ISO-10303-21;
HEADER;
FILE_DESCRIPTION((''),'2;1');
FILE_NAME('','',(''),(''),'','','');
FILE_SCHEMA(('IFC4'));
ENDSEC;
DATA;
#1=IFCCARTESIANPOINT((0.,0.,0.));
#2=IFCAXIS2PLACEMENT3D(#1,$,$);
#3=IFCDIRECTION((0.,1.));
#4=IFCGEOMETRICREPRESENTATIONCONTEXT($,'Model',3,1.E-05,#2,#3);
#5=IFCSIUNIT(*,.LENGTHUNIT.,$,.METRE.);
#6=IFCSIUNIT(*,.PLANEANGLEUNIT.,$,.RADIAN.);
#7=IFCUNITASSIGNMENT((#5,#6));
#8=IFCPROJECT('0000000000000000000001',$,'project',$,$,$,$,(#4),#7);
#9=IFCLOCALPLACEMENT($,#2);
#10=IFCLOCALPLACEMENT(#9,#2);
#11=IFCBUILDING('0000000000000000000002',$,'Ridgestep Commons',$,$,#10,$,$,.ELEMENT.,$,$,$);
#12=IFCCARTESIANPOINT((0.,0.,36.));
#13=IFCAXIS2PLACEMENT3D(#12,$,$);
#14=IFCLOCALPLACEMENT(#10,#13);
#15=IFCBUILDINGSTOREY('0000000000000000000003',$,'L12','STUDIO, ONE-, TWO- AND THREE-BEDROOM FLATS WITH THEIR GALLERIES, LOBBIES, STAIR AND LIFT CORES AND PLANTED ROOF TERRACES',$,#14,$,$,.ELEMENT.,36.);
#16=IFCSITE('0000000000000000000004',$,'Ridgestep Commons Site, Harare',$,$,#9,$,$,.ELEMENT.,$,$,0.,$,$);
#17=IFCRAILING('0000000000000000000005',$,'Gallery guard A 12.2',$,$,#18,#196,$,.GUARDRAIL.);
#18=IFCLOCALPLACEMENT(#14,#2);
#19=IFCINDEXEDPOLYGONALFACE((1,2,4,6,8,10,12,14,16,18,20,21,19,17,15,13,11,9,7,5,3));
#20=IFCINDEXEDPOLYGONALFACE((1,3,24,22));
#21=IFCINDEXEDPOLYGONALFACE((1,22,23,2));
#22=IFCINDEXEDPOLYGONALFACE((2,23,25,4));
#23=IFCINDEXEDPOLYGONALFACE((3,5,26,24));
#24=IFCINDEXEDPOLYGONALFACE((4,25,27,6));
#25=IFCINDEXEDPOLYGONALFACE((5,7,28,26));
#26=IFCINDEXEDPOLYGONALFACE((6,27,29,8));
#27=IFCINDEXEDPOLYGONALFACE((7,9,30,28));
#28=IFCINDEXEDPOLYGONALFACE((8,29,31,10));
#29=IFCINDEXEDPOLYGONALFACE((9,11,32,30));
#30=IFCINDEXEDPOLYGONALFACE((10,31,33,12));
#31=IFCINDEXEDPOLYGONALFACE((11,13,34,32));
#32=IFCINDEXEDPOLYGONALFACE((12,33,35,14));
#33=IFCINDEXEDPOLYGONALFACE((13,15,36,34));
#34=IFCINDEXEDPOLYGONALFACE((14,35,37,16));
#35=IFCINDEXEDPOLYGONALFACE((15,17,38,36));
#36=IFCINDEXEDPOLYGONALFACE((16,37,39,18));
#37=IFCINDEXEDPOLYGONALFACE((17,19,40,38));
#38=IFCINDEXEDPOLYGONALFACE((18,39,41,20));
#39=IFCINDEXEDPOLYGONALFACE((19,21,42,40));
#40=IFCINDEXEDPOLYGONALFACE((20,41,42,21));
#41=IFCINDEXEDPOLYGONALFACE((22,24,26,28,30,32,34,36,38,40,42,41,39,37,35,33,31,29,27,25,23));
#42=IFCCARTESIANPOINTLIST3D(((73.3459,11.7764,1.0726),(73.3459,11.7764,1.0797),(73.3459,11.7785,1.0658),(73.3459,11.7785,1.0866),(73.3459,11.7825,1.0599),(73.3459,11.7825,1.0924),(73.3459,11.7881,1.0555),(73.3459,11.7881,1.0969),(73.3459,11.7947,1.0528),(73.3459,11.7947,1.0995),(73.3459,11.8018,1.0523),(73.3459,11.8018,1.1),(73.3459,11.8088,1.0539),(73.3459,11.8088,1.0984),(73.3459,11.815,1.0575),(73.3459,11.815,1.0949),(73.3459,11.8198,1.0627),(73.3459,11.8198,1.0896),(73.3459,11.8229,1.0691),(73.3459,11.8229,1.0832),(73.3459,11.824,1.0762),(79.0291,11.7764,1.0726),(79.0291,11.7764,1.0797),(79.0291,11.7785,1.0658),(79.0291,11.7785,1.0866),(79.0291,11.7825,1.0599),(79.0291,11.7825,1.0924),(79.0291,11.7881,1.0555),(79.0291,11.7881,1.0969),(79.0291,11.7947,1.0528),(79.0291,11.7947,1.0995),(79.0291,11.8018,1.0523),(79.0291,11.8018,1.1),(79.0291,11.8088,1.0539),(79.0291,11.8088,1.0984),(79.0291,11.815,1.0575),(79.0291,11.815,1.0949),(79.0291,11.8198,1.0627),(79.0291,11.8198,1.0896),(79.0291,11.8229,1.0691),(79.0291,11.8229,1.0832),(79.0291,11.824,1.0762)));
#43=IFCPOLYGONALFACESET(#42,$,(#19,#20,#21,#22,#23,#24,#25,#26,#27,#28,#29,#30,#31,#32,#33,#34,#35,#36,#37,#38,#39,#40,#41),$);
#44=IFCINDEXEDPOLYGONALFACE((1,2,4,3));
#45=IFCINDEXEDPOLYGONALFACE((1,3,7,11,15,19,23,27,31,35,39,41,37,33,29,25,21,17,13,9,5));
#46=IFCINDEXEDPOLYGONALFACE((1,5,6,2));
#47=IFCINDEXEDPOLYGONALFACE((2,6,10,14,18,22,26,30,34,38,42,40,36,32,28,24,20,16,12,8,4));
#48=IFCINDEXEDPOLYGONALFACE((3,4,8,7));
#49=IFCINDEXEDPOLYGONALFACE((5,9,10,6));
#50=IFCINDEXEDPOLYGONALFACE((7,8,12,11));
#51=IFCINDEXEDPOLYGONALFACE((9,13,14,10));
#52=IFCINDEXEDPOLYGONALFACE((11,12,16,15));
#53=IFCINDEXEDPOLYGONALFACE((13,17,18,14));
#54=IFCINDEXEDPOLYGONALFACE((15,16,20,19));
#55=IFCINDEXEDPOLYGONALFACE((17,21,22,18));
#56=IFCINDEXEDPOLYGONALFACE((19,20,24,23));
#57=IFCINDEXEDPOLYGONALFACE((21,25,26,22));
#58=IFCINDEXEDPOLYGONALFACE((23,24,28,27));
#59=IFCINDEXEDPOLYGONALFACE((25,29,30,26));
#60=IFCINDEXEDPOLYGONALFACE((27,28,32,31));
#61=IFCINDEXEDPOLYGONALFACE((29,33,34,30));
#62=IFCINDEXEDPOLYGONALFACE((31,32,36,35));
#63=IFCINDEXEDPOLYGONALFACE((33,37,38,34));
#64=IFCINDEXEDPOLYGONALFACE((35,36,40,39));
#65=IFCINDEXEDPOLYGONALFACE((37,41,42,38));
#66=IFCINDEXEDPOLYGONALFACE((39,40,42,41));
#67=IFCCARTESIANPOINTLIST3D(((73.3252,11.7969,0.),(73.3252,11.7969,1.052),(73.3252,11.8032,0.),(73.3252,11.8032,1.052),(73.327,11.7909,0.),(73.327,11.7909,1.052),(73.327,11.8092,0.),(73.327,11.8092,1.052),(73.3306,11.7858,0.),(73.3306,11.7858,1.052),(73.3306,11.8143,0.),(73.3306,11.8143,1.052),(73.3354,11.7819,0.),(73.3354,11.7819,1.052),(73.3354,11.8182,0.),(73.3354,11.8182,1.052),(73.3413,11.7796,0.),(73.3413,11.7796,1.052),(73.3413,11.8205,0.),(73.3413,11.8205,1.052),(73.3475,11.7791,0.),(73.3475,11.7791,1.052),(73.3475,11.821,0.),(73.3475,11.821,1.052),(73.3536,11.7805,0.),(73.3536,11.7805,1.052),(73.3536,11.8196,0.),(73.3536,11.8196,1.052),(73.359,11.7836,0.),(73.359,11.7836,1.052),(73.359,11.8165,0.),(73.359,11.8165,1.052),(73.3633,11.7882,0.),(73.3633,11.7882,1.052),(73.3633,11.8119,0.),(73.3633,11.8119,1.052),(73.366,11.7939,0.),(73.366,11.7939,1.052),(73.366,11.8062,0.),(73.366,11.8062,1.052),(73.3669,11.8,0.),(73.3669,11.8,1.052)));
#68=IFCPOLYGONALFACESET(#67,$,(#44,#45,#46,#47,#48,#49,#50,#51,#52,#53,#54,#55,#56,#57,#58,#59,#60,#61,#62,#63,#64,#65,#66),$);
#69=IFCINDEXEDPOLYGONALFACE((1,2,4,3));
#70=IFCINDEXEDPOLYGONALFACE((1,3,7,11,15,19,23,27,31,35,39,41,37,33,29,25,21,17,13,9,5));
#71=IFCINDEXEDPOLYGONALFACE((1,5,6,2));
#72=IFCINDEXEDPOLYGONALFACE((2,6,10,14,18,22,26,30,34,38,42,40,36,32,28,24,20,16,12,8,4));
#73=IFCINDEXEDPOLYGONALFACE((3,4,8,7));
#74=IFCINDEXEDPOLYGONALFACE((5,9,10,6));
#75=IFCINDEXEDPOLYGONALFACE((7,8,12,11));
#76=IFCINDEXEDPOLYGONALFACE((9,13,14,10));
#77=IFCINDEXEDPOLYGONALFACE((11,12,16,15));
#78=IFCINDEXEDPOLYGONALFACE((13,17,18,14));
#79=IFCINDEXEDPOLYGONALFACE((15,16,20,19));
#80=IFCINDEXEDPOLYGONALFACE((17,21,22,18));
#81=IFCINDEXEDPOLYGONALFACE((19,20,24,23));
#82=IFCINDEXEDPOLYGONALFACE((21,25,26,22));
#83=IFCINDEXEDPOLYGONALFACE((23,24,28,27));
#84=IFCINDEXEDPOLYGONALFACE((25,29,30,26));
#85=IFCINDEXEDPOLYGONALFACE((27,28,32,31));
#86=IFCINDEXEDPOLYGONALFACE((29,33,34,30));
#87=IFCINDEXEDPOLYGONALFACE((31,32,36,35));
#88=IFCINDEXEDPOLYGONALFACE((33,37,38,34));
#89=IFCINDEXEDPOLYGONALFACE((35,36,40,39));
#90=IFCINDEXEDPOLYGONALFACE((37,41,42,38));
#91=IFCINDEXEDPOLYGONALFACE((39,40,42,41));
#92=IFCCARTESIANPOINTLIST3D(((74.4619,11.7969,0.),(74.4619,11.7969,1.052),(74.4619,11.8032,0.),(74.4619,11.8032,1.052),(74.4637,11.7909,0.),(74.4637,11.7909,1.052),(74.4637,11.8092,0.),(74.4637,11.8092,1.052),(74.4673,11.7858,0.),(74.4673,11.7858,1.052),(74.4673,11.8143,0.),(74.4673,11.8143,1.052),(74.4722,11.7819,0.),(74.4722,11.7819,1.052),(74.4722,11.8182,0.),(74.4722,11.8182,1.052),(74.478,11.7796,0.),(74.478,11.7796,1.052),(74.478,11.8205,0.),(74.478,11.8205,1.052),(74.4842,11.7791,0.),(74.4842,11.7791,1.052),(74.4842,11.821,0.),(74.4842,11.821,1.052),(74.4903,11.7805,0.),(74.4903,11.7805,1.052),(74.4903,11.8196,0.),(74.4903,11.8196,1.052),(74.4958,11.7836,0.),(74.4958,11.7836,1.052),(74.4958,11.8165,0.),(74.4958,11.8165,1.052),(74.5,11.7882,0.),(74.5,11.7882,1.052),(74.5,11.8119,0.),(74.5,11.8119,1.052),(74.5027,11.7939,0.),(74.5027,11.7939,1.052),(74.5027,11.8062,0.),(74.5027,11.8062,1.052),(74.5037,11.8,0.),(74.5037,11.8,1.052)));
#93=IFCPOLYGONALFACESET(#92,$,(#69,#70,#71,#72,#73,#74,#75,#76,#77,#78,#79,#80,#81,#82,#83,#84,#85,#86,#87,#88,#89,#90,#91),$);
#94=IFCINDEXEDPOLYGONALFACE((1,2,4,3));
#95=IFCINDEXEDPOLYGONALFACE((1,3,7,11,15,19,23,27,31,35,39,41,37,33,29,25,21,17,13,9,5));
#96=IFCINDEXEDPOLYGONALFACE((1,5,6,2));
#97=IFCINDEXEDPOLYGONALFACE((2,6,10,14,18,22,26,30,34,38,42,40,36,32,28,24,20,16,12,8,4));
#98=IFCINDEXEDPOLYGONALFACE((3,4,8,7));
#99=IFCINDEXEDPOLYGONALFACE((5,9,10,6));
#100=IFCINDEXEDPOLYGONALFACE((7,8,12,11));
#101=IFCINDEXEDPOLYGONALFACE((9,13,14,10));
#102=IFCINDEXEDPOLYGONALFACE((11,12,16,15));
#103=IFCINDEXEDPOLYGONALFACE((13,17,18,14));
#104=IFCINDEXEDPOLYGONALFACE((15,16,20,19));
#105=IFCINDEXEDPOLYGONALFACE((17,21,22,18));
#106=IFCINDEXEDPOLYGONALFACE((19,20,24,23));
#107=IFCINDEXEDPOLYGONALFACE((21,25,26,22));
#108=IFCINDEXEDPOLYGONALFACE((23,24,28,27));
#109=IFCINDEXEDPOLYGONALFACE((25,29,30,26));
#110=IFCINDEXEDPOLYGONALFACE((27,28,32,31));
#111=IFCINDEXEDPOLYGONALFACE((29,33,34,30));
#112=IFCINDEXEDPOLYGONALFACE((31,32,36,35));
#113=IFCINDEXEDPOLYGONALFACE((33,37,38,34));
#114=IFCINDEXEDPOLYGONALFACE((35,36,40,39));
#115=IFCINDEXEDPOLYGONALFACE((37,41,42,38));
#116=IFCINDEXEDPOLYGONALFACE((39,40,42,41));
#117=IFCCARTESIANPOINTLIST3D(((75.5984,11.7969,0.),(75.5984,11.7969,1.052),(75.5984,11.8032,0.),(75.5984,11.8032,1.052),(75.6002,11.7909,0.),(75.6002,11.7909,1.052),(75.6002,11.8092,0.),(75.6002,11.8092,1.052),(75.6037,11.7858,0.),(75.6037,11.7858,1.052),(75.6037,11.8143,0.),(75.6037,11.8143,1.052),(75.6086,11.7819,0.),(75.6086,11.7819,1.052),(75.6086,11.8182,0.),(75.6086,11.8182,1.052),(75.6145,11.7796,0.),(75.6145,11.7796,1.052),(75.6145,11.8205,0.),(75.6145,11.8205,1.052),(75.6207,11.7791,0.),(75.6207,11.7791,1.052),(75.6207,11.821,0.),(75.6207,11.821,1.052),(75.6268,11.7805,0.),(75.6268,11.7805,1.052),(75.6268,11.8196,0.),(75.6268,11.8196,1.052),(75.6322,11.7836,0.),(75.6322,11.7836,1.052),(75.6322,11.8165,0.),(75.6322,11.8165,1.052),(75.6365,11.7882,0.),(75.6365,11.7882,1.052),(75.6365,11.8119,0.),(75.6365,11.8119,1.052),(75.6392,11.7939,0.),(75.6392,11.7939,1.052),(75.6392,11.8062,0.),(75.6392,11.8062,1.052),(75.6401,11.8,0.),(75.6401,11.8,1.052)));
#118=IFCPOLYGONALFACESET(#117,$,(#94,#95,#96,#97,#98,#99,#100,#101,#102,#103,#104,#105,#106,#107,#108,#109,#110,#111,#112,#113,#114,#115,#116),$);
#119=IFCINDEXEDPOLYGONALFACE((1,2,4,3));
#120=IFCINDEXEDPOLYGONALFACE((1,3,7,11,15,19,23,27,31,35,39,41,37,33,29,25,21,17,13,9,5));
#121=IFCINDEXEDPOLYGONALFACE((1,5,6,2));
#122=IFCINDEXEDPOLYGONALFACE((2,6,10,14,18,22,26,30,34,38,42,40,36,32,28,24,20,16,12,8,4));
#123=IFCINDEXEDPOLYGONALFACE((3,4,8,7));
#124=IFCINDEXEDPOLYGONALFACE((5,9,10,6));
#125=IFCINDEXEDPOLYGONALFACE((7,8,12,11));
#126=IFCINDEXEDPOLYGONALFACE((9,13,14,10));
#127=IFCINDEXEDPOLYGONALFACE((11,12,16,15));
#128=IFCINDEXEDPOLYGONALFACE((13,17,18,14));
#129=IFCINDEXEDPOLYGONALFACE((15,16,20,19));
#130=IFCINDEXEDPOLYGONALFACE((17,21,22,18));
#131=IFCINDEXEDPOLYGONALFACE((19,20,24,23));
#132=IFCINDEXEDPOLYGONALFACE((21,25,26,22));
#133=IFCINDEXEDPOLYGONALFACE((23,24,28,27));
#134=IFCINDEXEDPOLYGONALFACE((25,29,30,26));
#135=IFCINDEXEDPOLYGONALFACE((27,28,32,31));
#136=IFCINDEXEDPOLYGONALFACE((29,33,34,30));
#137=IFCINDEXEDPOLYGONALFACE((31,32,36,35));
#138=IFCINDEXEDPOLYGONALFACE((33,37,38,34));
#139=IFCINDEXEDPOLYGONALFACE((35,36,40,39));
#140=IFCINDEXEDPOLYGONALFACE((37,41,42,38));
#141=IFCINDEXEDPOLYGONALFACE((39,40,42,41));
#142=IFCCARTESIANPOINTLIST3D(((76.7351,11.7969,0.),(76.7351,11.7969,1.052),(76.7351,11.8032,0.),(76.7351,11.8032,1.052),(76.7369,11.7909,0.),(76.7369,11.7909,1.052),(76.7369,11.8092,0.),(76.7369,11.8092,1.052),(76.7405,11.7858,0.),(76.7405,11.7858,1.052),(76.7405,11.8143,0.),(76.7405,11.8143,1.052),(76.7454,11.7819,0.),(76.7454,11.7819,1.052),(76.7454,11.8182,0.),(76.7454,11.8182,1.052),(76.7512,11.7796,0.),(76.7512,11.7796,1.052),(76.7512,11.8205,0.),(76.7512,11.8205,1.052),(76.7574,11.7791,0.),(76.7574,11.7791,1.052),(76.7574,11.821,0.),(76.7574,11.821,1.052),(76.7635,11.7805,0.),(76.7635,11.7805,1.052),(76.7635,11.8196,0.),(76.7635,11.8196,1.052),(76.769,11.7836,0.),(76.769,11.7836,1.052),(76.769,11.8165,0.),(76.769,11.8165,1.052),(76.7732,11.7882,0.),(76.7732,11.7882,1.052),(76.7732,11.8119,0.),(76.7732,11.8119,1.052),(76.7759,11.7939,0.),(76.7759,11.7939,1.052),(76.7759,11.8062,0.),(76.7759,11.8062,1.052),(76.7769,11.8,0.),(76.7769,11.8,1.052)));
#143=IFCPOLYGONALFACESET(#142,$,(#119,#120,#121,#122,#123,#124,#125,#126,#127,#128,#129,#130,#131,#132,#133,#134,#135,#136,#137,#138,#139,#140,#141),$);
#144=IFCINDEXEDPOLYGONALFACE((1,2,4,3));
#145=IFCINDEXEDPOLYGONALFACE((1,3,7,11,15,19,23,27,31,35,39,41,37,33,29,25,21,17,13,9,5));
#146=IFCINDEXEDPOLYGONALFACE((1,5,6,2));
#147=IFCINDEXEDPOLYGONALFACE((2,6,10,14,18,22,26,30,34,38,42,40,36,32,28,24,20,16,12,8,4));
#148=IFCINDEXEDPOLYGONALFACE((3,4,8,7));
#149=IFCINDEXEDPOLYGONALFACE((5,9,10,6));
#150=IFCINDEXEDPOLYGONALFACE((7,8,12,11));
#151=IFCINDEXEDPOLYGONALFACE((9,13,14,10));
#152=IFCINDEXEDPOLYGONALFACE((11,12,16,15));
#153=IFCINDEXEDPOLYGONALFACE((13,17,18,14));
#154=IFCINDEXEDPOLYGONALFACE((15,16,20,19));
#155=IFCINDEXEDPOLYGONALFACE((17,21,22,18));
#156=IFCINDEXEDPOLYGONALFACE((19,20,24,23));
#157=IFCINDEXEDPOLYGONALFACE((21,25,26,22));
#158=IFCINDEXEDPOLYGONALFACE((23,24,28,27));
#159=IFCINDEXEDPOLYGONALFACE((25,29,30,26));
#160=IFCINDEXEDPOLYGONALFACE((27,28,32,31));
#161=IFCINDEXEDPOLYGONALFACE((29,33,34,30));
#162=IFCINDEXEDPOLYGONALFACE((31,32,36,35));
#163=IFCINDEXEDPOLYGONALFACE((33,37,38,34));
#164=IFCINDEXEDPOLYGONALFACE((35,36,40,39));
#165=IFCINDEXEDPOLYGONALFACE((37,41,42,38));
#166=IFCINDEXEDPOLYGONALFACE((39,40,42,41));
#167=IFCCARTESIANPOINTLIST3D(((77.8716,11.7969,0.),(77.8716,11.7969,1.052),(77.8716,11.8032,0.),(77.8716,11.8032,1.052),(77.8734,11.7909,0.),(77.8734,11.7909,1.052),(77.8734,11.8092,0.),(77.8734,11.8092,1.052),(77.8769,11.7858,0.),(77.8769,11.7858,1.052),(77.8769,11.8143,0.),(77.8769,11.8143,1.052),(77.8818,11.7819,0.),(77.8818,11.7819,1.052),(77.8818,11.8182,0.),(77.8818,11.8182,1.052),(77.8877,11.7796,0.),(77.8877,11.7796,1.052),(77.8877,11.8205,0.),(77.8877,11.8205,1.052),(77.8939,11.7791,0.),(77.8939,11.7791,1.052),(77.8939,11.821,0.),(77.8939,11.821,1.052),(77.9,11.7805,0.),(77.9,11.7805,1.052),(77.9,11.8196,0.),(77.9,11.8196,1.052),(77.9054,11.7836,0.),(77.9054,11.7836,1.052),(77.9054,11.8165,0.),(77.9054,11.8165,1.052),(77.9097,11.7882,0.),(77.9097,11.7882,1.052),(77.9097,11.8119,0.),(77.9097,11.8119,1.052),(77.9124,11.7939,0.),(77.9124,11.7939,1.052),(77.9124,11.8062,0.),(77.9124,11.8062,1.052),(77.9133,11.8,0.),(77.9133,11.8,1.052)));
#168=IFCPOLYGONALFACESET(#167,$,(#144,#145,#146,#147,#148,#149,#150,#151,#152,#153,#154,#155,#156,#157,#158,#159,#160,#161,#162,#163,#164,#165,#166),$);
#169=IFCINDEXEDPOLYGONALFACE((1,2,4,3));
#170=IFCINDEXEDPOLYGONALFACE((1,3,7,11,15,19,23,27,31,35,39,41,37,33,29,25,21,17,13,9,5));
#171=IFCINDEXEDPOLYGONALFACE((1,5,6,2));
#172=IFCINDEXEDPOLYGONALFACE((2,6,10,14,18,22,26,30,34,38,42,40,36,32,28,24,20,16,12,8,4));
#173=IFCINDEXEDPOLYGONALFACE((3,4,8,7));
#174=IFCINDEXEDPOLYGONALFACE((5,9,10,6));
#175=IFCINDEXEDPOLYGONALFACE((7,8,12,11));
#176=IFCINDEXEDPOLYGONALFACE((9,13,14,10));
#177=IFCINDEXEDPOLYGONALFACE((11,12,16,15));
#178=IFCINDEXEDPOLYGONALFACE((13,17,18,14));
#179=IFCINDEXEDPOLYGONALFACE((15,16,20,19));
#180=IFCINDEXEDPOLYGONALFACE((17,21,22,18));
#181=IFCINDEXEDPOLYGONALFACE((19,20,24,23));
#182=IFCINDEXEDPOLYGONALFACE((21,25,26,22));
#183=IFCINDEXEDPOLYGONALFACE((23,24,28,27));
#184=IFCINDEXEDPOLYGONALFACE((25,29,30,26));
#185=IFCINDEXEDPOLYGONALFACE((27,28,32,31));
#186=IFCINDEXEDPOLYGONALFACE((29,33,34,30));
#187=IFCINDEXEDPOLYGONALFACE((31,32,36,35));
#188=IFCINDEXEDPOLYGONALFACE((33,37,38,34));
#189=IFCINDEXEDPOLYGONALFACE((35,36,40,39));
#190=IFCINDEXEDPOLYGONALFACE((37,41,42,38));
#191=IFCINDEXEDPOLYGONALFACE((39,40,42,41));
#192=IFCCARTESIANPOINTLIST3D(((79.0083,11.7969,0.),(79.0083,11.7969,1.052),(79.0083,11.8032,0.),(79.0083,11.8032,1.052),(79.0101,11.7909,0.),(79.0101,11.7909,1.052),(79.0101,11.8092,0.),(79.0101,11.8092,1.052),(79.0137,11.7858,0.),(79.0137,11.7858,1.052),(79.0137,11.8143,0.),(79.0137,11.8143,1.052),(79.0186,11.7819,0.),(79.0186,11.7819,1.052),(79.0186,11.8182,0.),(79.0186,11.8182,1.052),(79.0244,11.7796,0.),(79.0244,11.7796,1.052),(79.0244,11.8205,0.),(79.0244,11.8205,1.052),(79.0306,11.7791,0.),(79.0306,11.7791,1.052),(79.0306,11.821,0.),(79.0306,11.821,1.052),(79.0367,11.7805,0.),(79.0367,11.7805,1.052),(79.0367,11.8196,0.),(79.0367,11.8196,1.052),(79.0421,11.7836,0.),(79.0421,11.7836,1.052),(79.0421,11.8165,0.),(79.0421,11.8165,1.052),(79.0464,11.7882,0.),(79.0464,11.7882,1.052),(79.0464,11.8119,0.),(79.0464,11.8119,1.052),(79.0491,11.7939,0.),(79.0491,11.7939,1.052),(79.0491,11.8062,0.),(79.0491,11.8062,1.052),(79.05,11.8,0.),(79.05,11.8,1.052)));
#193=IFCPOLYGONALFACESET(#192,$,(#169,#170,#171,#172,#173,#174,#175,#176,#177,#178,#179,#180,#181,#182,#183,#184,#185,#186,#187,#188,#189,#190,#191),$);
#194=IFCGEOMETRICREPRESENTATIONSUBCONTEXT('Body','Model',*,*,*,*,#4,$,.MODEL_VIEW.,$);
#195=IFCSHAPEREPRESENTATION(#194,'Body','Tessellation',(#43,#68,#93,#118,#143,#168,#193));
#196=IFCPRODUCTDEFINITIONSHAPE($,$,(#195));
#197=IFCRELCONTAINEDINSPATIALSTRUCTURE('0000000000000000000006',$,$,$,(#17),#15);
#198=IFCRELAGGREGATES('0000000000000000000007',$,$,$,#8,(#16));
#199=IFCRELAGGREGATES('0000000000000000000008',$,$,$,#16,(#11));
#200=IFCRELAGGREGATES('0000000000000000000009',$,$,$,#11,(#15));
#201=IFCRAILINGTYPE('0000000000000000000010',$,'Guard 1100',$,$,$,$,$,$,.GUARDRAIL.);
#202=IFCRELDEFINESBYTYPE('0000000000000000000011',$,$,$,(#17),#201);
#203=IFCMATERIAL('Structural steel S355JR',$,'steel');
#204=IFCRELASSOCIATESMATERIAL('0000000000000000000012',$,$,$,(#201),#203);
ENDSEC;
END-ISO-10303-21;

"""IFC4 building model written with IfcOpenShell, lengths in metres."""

from ifc_helpers import new_model, si_unit, direction, frame, origin, origin_2d, place, context, subcontext, project, spatial, circle, extrude, material, type_object, element, save


model = new_model("IFC4")

# Units and contexts
model_context = context("Model", 3, precision=1e-05, world=origin(), true_north=direction((0.0, 1.0)))
body_context = subcontext(model_context, "Body", "Model", "MODEL_VIEW")
ifc_project = project(units=[si_unit("LENGTHUNIT", "METRE"), si_unit("PLANEANGLEUNIT", "RADIAN")], contexts=[model_context])

# Site, building, storey
site_placement = place(None, origin())
site = spatial("IfcSite", under=ifc_project, at=site_placement, Name="Ridgestep Commons Site, Harare", CompositionType="ELEMENT", RefElevation=0.0)
building_placement = place(site_placement, origin())
building = spatial("IfcBuilding", under=site, at=building_placement, Name="Ridgestep Commons", CompositionType="ELEMENT")
storey_placement = place(building_placement, frame((0.0, 0.0, 36.0)))
storey = spatial("IfcBuildingStorey", under=building, at=storey_placement, Name="L12", Description="STUDIO, ONE-, TWO- AND THREE-BEDROOM FLATS WITH THEIR GALLERIES, LOBBIES, STAIR AND LIFT CORES AND PLANTED ROOF TERRACES", CompositionType="ELEMENT", Elevation=36.0)

# Railing
ifc_material_1 = material(Name="Structural steel S355JR", Category="steel")
railing_type_1 = type_object("IfcRailingType", Name="Guard 1100", PredefinedType="GUARDRAIL", material=ifc_material_1)
railing_1_placement = place(storey_placement, frame((73.3459, 11.8, 0.0)))
element("IfcRailing", 1, at=railing_1_placement, inside=storey, type_object=railing_type_1, Name="Gallery guard A 12.2", PredefinedType="GUARDRAIL", context=body_context, shape_type="SweptSolid", body=[
    extrude(circle(Radius=0.0239, at=origin_2d()), frame((0.0, 0.0, 1.0762), z_axis=(1.0, 0.0, 0.0), x_axis=(0.0, 1.0, 0.0)), (0.0, 0.0, 1.0), 5.6831),
    extrude(circle(Radius=0.021, at=origin_2d()), origin(), (0.0, 0.0, 1.0), 1.052),
    extrude(circle(Radius=0.021, at=origin_2d()), frame((1.1367, 0.0, 0.0)), (0.0, 0.0, 1.0), 1.052),
    extrude(circle(Radius=0.021, at=origin_2d()), frame((2.2732, 0.0, 0.0)), (0.0, 0.0, 1.0), 1.052),
    extrude(circle(Radius=0.021, at=origin_2d()), frame((3.4099, 0.0, 0.0)), (0.0, 0.0, 1.0), 1.052),
    extrude(circle(Radius=0.021, at=origin_2d()), frame((4.5464, 0.0, 0.0)), (0.0, 0.0, 1.0), 1.052),
    extrude(circle(Radius=0.021, at=origin_2d()), frame((5.6831, 0.0, 0.0)), (0.0, 0.0, 1.0), 1.052),
])

save(model, "model.ifc")
